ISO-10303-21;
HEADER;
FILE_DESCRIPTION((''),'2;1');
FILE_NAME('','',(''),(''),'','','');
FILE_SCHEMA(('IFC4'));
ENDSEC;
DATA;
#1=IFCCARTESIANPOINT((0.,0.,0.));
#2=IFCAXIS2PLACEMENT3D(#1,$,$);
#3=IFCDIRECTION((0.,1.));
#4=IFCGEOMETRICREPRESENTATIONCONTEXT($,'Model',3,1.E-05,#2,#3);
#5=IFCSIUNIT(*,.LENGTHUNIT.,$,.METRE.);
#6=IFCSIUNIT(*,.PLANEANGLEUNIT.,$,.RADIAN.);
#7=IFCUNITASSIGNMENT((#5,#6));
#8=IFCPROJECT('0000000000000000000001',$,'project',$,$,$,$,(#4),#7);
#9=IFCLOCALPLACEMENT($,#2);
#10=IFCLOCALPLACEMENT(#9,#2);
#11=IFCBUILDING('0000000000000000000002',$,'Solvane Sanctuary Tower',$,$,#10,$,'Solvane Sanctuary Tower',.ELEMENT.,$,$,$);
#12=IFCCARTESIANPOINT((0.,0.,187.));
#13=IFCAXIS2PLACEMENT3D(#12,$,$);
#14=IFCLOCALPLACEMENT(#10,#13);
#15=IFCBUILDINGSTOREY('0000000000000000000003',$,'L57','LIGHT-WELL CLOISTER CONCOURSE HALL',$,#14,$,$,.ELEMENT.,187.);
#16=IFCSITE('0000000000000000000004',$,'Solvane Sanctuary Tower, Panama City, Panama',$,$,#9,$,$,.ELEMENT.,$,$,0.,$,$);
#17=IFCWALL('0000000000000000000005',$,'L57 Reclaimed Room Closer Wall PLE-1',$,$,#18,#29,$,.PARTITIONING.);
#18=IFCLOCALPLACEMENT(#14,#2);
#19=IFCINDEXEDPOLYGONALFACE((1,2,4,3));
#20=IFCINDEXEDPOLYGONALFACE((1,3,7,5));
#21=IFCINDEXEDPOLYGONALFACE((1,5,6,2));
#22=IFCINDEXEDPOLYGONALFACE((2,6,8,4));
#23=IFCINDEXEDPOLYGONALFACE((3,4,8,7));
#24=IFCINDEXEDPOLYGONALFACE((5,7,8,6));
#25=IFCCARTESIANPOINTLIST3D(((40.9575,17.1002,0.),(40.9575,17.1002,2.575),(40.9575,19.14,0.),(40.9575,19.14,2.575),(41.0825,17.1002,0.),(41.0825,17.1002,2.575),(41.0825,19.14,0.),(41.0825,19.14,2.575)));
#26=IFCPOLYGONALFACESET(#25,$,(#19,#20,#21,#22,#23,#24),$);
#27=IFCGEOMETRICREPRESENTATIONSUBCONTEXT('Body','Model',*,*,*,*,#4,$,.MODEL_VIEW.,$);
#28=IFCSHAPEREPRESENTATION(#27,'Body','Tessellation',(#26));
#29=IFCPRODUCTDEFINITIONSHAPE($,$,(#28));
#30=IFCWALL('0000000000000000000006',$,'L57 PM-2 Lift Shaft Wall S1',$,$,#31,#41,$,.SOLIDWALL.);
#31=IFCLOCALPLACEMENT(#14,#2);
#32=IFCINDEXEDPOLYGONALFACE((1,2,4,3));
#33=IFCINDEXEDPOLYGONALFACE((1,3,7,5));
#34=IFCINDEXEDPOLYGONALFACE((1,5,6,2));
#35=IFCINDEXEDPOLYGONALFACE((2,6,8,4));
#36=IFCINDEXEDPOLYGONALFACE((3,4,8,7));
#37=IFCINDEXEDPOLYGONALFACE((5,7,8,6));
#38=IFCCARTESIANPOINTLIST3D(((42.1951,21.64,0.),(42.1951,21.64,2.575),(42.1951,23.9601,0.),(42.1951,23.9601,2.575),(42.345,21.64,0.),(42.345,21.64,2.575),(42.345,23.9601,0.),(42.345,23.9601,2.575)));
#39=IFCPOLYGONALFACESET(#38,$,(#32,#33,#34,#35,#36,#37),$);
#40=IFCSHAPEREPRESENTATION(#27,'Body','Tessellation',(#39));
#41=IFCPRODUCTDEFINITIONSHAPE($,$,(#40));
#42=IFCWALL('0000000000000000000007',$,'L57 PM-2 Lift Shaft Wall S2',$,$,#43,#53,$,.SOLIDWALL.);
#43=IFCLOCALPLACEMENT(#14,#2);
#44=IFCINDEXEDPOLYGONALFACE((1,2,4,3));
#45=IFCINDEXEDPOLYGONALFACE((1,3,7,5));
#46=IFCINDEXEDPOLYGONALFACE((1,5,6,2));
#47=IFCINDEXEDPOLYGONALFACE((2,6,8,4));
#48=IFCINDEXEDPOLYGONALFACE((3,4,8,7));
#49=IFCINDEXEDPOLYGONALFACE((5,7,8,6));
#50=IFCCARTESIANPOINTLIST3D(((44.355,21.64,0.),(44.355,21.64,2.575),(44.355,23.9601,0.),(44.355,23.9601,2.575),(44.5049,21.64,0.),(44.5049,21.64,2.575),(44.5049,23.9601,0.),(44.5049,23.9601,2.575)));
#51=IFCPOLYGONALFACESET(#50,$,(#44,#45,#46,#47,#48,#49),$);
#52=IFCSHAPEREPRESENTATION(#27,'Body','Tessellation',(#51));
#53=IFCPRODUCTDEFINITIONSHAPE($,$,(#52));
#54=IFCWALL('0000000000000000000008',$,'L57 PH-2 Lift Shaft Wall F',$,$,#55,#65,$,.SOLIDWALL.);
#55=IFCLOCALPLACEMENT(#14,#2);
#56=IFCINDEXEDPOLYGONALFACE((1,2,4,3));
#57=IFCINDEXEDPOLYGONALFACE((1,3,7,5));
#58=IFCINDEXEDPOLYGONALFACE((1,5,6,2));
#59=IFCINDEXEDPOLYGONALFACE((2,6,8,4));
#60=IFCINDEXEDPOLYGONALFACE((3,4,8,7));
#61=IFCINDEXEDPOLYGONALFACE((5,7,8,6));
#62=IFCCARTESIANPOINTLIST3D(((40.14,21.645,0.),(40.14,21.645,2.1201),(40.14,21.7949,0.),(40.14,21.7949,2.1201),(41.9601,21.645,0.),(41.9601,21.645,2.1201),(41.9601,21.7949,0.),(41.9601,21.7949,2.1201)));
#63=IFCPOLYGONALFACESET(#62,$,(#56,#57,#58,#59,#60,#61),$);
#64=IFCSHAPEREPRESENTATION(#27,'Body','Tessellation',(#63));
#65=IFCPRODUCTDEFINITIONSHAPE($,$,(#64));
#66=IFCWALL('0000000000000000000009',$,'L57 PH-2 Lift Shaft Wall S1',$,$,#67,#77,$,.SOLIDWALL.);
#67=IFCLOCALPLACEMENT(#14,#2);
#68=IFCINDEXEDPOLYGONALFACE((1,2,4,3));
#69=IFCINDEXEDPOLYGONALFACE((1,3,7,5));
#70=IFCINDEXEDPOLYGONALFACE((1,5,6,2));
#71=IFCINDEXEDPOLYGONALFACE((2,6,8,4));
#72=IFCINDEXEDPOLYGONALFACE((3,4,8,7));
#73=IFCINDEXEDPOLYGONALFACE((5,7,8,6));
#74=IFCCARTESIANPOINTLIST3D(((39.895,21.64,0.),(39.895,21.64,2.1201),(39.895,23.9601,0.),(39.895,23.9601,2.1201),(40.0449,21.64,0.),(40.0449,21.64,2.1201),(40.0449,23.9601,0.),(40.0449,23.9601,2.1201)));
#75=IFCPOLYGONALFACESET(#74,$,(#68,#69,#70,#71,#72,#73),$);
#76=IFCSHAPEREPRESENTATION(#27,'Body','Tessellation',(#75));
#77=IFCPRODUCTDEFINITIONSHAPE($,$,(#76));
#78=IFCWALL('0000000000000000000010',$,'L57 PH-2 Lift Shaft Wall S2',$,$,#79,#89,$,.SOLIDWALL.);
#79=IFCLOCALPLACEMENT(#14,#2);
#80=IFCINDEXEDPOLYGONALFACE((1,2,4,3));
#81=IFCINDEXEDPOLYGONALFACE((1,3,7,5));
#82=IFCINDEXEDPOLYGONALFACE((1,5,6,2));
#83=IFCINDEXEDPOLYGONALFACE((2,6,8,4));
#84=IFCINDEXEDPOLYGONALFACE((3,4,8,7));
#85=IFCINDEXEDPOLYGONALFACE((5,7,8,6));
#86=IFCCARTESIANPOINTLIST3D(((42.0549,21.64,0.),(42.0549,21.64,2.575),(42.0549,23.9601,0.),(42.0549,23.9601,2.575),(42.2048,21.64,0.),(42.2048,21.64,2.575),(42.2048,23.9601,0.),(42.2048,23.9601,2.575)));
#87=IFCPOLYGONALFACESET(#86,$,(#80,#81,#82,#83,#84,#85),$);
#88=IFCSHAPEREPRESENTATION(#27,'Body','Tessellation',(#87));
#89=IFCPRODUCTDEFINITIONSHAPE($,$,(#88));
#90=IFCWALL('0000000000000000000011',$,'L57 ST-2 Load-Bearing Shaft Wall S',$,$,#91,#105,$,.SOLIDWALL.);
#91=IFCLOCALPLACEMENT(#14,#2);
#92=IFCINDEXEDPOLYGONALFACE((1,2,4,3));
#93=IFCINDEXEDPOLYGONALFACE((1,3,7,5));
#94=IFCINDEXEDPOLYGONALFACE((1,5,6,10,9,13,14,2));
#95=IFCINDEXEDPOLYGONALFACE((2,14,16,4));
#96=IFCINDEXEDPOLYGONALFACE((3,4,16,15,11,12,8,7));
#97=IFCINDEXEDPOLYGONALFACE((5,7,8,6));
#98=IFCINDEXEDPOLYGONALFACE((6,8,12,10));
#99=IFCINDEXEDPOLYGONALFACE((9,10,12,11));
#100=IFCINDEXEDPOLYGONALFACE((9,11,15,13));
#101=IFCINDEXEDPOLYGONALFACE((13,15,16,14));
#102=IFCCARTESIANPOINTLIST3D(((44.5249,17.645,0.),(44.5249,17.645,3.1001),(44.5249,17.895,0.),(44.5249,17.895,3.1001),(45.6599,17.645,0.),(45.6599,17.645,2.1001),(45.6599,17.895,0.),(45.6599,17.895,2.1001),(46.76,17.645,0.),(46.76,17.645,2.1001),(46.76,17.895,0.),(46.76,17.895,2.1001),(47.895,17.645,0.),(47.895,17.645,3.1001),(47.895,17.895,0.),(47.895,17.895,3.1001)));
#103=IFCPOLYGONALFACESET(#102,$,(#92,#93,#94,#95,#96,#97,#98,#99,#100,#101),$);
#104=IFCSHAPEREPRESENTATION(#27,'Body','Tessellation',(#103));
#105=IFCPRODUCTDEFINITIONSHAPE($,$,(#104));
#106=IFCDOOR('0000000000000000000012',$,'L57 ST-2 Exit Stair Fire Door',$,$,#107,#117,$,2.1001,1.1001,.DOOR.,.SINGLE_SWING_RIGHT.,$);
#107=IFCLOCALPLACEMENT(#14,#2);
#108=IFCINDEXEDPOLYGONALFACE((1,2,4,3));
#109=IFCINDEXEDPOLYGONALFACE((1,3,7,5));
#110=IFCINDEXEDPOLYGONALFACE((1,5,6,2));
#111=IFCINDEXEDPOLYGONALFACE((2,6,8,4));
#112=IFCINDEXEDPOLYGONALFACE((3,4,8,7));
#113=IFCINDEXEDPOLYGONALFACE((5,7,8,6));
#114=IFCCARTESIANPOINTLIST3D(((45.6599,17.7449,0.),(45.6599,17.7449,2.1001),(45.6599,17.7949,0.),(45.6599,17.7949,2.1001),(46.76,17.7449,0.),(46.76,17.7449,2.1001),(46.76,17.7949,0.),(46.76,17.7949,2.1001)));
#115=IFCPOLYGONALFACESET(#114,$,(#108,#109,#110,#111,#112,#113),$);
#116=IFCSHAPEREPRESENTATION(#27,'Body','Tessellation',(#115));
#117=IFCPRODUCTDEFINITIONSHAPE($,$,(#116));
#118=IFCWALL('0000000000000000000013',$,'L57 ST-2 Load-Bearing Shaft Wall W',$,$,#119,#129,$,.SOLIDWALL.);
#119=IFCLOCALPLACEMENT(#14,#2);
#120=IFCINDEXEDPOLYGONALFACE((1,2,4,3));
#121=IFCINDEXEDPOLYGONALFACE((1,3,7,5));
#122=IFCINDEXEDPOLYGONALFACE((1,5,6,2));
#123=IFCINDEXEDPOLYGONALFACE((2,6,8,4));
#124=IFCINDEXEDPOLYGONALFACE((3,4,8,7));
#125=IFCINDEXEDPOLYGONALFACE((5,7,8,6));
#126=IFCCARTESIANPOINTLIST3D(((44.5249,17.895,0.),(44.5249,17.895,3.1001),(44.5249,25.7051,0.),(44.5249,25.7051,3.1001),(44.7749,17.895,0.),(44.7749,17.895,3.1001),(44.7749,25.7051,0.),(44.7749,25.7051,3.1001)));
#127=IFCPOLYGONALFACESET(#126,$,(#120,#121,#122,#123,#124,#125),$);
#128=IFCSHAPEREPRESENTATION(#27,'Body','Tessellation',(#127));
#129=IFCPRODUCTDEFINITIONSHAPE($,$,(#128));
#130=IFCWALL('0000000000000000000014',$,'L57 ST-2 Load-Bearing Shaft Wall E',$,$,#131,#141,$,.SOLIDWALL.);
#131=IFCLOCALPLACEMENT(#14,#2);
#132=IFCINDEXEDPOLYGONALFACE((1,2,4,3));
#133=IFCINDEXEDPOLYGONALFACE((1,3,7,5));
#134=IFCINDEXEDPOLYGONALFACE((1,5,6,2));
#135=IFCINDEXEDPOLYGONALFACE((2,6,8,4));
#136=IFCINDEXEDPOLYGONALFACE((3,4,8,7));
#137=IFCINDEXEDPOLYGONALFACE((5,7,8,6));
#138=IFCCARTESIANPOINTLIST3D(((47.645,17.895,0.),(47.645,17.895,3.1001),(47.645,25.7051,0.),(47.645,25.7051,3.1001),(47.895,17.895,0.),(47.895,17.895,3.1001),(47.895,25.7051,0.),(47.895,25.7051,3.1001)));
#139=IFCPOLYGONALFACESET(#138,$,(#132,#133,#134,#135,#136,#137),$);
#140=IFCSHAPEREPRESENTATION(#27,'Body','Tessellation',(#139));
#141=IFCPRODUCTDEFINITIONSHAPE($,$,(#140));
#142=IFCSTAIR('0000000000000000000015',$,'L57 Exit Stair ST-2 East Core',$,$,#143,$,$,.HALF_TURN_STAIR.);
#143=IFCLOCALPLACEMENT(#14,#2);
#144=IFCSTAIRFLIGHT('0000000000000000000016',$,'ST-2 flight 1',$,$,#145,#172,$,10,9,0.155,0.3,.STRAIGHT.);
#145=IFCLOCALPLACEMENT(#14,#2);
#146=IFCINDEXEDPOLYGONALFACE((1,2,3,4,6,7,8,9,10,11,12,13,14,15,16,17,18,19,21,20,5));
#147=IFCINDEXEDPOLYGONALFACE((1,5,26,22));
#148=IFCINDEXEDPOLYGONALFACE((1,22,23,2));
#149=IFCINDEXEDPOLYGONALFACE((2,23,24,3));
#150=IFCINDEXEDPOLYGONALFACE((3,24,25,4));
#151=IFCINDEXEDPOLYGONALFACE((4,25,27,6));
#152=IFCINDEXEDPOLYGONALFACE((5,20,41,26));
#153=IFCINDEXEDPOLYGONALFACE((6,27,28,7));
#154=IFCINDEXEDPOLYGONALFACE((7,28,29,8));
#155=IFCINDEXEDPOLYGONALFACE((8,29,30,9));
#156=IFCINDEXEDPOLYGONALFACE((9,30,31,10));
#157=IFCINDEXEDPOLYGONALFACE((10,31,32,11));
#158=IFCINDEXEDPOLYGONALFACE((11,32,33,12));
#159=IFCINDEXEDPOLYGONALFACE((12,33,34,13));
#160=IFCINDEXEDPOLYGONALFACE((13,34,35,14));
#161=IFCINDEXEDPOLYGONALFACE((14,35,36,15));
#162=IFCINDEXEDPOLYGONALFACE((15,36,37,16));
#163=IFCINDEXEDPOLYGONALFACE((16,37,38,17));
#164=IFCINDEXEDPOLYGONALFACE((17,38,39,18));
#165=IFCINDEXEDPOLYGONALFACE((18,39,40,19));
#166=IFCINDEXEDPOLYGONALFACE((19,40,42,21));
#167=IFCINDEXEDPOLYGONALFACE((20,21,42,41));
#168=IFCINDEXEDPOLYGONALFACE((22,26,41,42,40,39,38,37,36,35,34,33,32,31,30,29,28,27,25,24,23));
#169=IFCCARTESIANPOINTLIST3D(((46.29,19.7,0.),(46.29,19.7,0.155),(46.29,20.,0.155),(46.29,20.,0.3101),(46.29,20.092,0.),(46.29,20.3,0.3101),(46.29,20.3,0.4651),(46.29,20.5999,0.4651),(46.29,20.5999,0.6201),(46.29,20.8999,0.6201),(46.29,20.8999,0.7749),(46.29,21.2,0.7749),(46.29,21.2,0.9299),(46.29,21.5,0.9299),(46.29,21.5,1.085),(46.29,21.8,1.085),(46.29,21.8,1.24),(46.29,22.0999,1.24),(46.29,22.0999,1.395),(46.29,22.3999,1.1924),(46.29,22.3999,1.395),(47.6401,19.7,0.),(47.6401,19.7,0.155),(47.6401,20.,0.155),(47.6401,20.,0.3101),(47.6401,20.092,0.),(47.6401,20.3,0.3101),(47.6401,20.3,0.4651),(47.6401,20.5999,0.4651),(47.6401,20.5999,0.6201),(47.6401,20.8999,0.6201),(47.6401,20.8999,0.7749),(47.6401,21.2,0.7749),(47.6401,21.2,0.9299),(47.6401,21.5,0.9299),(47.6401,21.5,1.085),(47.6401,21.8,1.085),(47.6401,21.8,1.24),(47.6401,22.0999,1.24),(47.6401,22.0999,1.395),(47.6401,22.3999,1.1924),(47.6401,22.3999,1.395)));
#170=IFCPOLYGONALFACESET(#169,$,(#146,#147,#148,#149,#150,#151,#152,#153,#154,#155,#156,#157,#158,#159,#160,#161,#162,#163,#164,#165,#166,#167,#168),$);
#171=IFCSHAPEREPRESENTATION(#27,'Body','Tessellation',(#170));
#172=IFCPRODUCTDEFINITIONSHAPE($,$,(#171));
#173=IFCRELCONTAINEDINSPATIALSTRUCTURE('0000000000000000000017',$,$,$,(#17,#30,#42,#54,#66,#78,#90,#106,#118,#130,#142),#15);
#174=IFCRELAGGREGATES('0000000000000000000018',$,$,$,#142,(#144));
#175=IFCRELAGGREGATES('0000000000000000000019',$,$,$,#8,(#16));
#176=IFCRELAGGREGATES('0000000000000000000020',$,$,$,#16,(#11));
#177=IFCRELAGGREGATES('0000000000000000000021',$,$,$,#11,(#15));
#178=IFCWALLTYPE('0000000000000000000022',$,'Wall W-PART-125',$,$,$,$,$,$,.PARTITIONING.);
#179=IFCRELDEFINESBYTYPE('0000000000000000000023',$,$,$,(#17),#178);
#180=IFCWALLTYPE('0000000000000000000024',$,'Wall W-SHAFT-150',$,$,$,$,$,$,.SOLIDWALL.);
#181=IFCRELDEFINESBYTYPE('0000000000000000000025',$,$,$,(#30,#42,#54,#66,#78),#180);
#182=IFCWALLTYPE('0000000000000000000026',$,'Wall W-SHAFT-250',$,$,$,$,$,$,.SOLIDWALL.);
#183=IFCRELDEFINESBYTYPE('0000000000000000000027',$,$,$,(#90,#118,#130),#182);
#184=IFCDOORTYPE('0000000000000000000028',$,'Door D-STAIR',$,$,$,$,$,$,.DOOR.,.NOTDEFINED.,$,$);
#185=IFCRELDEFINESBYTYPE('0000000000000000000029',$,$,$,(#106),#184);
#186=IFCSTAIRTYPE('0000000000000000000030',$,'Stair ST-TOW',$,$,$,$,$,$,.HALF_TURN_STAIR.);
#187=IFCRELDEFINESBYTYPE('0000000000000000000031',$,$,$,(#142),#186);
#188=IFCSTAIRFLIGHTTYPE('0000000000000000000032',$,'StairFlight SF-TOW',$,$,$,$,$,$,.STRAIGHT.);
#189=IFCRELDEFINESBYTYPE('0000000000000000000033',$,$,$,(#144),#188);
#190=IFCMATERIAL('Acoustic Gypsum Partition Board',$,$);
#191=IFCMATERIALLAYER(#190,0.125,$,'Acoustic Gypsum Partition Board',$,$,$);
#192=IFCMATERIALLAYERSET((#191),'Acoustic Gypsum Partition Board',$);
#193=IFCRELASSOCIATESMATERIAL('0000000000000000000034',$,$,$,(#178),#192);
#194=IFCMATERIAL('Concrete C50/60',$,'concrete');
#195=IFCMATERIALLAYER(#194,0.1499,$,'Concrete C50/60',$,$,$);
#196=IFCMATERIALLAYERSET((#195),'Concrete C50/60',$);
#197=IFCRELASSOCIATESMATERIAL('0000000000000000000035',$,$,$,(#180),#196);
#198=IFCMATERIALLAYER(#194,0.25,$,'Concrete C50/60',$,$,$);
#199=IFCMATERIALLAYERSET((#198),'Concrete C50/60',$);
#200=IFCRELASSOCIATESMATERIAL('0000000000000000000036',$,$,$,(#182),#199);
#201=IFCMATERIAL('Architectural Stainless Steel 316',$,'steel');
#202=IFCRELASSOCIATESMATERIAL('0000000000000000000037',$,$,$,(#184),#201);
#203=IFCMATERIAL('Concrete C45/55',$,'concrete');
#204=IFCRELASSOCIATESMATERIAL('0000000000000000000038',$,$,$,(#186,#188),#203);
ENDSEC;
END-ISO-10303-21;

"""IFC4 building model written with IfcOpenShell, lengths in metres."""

from ifc_helpers import new_model, si_unit, direction, frame, frame_2d, origin, place, context, subcontext, project, spatial, polyline, rectangle, outline, extrude, material, layer, layer_set, type_object, element, fill, aggregate, save


model = new_model("IFC4")

# Units and contexts
model_context = context("Model", 3, precision=1e-05, world=origin(), true_north=direction((0.0, 1.0)))
body_context = subcontext(model_context, "Body", "Model", "MODEL_VIEW")
ifc_project = project(units=[si_unit("LENGTHUNIT", "METRE"), si_unit("PLANEANGLEUNIT", "RADIAN")], contexts=[model_context])

# Site, building, storey
site_placement = place(None, origin())
site = spatial("IfcSite", under=ifc_project, at=site_placement, Name="Solvane Sanctuary Tower, Panama City, Panama", CompositionType="ELEMENT", RefElevation=0.0)
building_placement = place(site_placement, origin())
building = spatial("IfcBuilding", under=site, at=building_placement, Name="Solvane Sanctuary Tower", LongName="Solvane Sanctuary Tower", CompositionType="ELEMENT")
storey_placement = place(building_placement, frame((0.0, 0.0, 187.0)))
storey = spatial("IfcBuildingStorey", under=building, at=storey_placement, Name="L57", Description="LIGHT-WELL CLOISTER CONCOURSE HALL", CompositionType="ELEMENT", Elevation=187.0)

# Shared definitions
ifc_material_1 = material(Name="Concrete C50/60", Category="concrete")

# Shared definitions
ifc_material_2 = material(Name="Acoustic Gypsum Partition Board")

# Shared definitions
ifc_layer_1 = layer(ifc_material_2, 0.125, Name="Acoustic Gypsum Partition Board")
ifc_layer_set_1 = layer_set([ifc_layer_1], Name="Acoustic Gypsum Partition Board")
wall_type_1 = type_object("IfcWallType", Name="Wall W-PART-125", PredefinedType="PARTITIONING", material=ifc_layer_set_1)
ifc_material_3 = material(Name="Architectural Stainless Steel 316", Category="steel")

# Walls
wall_1_placement = place(storey_placement, frame((41.02, 17.1001, 0.0), z_axis=(0.0, 0.0, 1.0), x_axis=(0.0, 1.0, 0.0)))
element("IfcWall", 1, at=wall_1_placement, inside=storey, type_object=wall_type_1, Name="L57 Reclaimed Room Closer Wall PLE-1", PredefinedType="PARTITIONING", context=body_context, shape_type="SweptSolid", body=[
    extrude(rectangle(XDim=2.0398, YDim=0.125, at=frame_2d((1.02, 0.0))), origin(), (0.0, 0.0, 1.0), 2.575),
])
ifc_layer_2 = layer(ifc_material_1, 0.1499, Name="Concrete C50/60")
ifc_layer_set_2 = layer_set([ifc_layer_2], Name="Concrete C50/60")
wall_type_2 = type_object("IfcWallType", Name="Wall W-SHAFT-150", PredefinedType="SOLIDWALL", material=ifc_layer_set_2)
for number, where, z_axis, x_axis, name in (
    (2, (42.27, 21.6399, 0.0), (0.0, 0.0, 1.0), (0.0, 1.0, 0.0), "L57 PM-2 Lift Shaft Wall S1"),
    (3, (44.4299, 21.6399, 0.0), (0.0, 0.0, 1.0), (0.0, 1.0, 0.0), "L57 PM-2 Lift Shaft Wall S2"),
):
    element("IfcWall", number, at=place(storey_placement, frame(where, z_axis=z_axis, x_axis=x_axis)), inside=storey, type_object=wall_type_2, Name=name, PredefinedType="SOLIDWALL", context=body_context, shape_type="SweptSolid", body=[
        extrude(rectangle(XDim=2.3201, YDim=0.1499, at=frame_2d((1.1602, 0.0))), origin(), (0.0, 0.0, 1.0), 2.575),
    ])
wall_2_placement = place(storey_placement, frame((40.1399, 21.72, 0.0), z_axis=(0.0, 0.0, 1.0), x_axis=(1.0, 0.0, 0.0)))
element("IfcWall", 4, at=wall_2_placement, inside=storey, type_object=wall_type_2, Name="L57 PH-2 Lift Shaft Wall F", PredefinedType="SOLIDWALL", context=body_context, shape_type="SweptSolid", body=[
    extrude(rectangle(XDim=1.8201, YDim=0.1499, at=frame_2d((0.9102, 0.0))), origin(), (0.0, 0.0, 1.0), 2.1201),
])
wall_3_placement = place(storey_placement, frame((39.97, 21.6399, 0.0), z_axis=(0.0, 0.0, 1.0), x_axis=(0.0, 1.0, 0.0)))
element("IfcWall", 5, at=wall_3_placement, inside=storey, type_object=wall_type_2, Name="L57 PH-2 Lift Shaft Wall S1", PredefinedType="SOLIDWALL", context=body_context, shape_type="SweptSolid", body=[
    extrude(rectangle(XDim=2.3201, YDim=0.1499, at=frame_2d((1.1602, 0.0))), origin(), (0.0, 0.0, 1.0), 2.1201),
])
wall_4_placement = place(storey_placement, frame((42.1299, 21.6399, 0.0), z_axis=(0.0, 0.0, 1.0), x_axis=(0.0, 1.0, 0.0)))
element("IfcWall", 6, at=wall_4_placement, inside=storey, type_object=wall_type_2, Name="L57 PH-2 Lift Shaft Wall S2", PredefinedType="SOLIDWALL", context=body_context, shape_type="SweptSolid", body=[
    extrude(rectangle(XDim=2.3201, YDim=0.1499, at=frame_2d((1.1602, 0.0))), origin(), (0.0, 0.0, 1.0), 2.575),
])

# Wall, opening, door
ifc_layer_3 = layer(ifc_material_1, 0.25, Name="Concrete C50/60")
ifc_layer_set_3 = layer_set([ifc_layer_3], Name="Concrete C50/60")
wall_type_3 = type_object("IfcWallType", Name="Wall W-SHAFT-250", PredefinedType="SOLIDWALL", material=ifc_layer_set_3)
wall_5_placement = place(storey_placement, frame((44.5249, 17.77, 0.0), z_axis=(0.0, 0.0, 1.0), x_axis=(1.0, 0.0, 0.0)))
wall_5 = element("IfcWall", 7, at=wall_5_placement, inside=storey, type_object=wall_type_3, Name="L57 ST-2 Load-Bearing Shaft Wall S", PredefinedType="SOLIDWALL", context=body_context, shape_type="SweptSolid", body=[
    extrude(rectangle(XDim=3.3701, YDim=0.25, at=frame_2d((1.6851, 0.0))), origin(), (0.0, 0.0, 1.0), 3.1001),
])
opening_1_placement = place(wall_5_placement, frame((1.135, 0.0, 0.0)))
opening_1 = element("IfcOpeningElement", 8, at=opening_1_placement, cuts=wall_5, PredefinedType="OPENING", context=body_context, shape_type="SweptSolid", body=[
    extrude(rectangle(XDim=1.1001, YDim=2.1001, at=frame_2d((0.55, 1.05))), frame((0.0, 0.135, 0.0), z_axis=(0.0, -1.0, 0.0), x_axis=(1.0, 0.0, 0.0)), (0.0, 0.0, 1.0), 0.27),
])
door_type_1 = type_object("IfcDoorType", Name="Door D-STAIR", OperationType="NOTDEFINED", PredefinedType="DOOR", material=ifc_material_3)
door_1_placement = place(opening_1_placement, origin())
door_1 = element("IfcDoor", 9, at=door_1_placement, inside=storey, type_object=door_type_1, Name="L57 ST-2 Exit Stair Fire Door", OperationType="SINGLE_SWING_RIGHT", OverallHeight=2.1001, OverallWidth=1.1001, PredefinedType="DOOR", context=body_context, shape_type="SweptSolid", body=[
    extrude(rectangle(XDim=1.1001, YDim=2.1001, at=frame_2d((0.55, 1.05))), frame((0.0, 0.0249, 0.0), z_axis=(0.0, -1.0, 0.0), x_axis=(1.0, 0.0, 0.0)), (0.0, 0.0, 1.0), 0.05),
])
fill(opening_1, door_1)

# Walls
for number, where, z_axis, x_axis, name in (
    (10, (44.6499, 17.895, 0.0), (0.0, 0.0, 1.0), (0.0, 1.0, 0.0), "L57 ST-2 Load-Bearing Shaft Wall W"),
    (11, (47.77, 17.895, 0.0), (0.0, 0.0, 1.0), (0.0, 1.0, 0.0), "L57 ST-2 Load-Bearing Shaft Wall E"),
):
    element("IfcWall", number, at=place(storey_placement, frame(where, z_axis=z_axis, x_axis=x_axis)), inside=storey, type_object=wall_type_3, Name=name, PredefinedType="SOLIDWALL", context=body_context, shape_type="SweptSolid", body=[
        extrude(rectangle(XDim=7.8101, YDim=0.25, at=frame_2d((3.905, 0.0))), origin(), (0.0, 0.0, 1.0), 3.1001),
    ])

# Stair, stair flight
ifc_material_4 = material(Name="Concrete C45/55", Category="concrete")
stair_type = type_object("IfcStairType", Name="Stair ST-TOW", PredefinedType="HALF_TURN_STAIR", material=ifc_material_4)
stair_placement = place(storey_placement, origin())
stair = element("IfcStair", 12, at=stair_placement, inside=storey, type_object=stair_type, Name="L57 Exit Stair ST-2 East Core", PredefinedType="HALF_TURN_STAIR")
stair_flight_type = type_object("IfcStairFlightType", Name="StairFlight SF-TOW", PredefinedType="STRAIGHT", material=ifc_material_4)
stair_flight_placement = place(storey_placement, frame((46.9651, 19.7, 0.0), z_axis=(0.0, 0.0, 1.0), x_axis=(0.0, 1.0, 0.0)))
stair_flight = element("IfcStairFlight", 13, at=stair_flight_placement, type_object=stair_flight_type, Name="ST-2 flight 1", NumberOfRisers=10, NumberOfTreads=9, PredefinedType="STRAIGHT", RiserHeight=0.155, TreadLength=0.3, context=body_context, shape_type="SweptSolid", body=[
    extrude(outline(polyline([(0.0, 0.0), (0.0, 0.155), (0.3, 0.155), (0.3, 0.3101), (0.6001, 0.3101), (0.6001, 0.4651), (0.8999, 0.4651), (0.8999, 0.6201), (1.2, 0.6201), (1.2, 0.7749), (1.5, 0.7749), (1.5, 0.9299), (1.8, 0.9299), (1.8, 1.085), (2.1001, 1.085), (2.1001, 1.24), (2.3999, 1.24), (2.3999, 1.395), (2.7, 1.395), (2.7, 1.55), (2.7, 1.1924), (0.3921, 0.0), (0.0, 0.0)])), frame((0.0, 0.675, 0.0), z_axis=(0.0, -1.0, 0.0), x_axis=(1.0, 0.0, 0.0)), (0.0, 0.0, 1.0), 1.3501),
])
aggregate(stair, [stair_flight])

save(model, "model.ifc")
